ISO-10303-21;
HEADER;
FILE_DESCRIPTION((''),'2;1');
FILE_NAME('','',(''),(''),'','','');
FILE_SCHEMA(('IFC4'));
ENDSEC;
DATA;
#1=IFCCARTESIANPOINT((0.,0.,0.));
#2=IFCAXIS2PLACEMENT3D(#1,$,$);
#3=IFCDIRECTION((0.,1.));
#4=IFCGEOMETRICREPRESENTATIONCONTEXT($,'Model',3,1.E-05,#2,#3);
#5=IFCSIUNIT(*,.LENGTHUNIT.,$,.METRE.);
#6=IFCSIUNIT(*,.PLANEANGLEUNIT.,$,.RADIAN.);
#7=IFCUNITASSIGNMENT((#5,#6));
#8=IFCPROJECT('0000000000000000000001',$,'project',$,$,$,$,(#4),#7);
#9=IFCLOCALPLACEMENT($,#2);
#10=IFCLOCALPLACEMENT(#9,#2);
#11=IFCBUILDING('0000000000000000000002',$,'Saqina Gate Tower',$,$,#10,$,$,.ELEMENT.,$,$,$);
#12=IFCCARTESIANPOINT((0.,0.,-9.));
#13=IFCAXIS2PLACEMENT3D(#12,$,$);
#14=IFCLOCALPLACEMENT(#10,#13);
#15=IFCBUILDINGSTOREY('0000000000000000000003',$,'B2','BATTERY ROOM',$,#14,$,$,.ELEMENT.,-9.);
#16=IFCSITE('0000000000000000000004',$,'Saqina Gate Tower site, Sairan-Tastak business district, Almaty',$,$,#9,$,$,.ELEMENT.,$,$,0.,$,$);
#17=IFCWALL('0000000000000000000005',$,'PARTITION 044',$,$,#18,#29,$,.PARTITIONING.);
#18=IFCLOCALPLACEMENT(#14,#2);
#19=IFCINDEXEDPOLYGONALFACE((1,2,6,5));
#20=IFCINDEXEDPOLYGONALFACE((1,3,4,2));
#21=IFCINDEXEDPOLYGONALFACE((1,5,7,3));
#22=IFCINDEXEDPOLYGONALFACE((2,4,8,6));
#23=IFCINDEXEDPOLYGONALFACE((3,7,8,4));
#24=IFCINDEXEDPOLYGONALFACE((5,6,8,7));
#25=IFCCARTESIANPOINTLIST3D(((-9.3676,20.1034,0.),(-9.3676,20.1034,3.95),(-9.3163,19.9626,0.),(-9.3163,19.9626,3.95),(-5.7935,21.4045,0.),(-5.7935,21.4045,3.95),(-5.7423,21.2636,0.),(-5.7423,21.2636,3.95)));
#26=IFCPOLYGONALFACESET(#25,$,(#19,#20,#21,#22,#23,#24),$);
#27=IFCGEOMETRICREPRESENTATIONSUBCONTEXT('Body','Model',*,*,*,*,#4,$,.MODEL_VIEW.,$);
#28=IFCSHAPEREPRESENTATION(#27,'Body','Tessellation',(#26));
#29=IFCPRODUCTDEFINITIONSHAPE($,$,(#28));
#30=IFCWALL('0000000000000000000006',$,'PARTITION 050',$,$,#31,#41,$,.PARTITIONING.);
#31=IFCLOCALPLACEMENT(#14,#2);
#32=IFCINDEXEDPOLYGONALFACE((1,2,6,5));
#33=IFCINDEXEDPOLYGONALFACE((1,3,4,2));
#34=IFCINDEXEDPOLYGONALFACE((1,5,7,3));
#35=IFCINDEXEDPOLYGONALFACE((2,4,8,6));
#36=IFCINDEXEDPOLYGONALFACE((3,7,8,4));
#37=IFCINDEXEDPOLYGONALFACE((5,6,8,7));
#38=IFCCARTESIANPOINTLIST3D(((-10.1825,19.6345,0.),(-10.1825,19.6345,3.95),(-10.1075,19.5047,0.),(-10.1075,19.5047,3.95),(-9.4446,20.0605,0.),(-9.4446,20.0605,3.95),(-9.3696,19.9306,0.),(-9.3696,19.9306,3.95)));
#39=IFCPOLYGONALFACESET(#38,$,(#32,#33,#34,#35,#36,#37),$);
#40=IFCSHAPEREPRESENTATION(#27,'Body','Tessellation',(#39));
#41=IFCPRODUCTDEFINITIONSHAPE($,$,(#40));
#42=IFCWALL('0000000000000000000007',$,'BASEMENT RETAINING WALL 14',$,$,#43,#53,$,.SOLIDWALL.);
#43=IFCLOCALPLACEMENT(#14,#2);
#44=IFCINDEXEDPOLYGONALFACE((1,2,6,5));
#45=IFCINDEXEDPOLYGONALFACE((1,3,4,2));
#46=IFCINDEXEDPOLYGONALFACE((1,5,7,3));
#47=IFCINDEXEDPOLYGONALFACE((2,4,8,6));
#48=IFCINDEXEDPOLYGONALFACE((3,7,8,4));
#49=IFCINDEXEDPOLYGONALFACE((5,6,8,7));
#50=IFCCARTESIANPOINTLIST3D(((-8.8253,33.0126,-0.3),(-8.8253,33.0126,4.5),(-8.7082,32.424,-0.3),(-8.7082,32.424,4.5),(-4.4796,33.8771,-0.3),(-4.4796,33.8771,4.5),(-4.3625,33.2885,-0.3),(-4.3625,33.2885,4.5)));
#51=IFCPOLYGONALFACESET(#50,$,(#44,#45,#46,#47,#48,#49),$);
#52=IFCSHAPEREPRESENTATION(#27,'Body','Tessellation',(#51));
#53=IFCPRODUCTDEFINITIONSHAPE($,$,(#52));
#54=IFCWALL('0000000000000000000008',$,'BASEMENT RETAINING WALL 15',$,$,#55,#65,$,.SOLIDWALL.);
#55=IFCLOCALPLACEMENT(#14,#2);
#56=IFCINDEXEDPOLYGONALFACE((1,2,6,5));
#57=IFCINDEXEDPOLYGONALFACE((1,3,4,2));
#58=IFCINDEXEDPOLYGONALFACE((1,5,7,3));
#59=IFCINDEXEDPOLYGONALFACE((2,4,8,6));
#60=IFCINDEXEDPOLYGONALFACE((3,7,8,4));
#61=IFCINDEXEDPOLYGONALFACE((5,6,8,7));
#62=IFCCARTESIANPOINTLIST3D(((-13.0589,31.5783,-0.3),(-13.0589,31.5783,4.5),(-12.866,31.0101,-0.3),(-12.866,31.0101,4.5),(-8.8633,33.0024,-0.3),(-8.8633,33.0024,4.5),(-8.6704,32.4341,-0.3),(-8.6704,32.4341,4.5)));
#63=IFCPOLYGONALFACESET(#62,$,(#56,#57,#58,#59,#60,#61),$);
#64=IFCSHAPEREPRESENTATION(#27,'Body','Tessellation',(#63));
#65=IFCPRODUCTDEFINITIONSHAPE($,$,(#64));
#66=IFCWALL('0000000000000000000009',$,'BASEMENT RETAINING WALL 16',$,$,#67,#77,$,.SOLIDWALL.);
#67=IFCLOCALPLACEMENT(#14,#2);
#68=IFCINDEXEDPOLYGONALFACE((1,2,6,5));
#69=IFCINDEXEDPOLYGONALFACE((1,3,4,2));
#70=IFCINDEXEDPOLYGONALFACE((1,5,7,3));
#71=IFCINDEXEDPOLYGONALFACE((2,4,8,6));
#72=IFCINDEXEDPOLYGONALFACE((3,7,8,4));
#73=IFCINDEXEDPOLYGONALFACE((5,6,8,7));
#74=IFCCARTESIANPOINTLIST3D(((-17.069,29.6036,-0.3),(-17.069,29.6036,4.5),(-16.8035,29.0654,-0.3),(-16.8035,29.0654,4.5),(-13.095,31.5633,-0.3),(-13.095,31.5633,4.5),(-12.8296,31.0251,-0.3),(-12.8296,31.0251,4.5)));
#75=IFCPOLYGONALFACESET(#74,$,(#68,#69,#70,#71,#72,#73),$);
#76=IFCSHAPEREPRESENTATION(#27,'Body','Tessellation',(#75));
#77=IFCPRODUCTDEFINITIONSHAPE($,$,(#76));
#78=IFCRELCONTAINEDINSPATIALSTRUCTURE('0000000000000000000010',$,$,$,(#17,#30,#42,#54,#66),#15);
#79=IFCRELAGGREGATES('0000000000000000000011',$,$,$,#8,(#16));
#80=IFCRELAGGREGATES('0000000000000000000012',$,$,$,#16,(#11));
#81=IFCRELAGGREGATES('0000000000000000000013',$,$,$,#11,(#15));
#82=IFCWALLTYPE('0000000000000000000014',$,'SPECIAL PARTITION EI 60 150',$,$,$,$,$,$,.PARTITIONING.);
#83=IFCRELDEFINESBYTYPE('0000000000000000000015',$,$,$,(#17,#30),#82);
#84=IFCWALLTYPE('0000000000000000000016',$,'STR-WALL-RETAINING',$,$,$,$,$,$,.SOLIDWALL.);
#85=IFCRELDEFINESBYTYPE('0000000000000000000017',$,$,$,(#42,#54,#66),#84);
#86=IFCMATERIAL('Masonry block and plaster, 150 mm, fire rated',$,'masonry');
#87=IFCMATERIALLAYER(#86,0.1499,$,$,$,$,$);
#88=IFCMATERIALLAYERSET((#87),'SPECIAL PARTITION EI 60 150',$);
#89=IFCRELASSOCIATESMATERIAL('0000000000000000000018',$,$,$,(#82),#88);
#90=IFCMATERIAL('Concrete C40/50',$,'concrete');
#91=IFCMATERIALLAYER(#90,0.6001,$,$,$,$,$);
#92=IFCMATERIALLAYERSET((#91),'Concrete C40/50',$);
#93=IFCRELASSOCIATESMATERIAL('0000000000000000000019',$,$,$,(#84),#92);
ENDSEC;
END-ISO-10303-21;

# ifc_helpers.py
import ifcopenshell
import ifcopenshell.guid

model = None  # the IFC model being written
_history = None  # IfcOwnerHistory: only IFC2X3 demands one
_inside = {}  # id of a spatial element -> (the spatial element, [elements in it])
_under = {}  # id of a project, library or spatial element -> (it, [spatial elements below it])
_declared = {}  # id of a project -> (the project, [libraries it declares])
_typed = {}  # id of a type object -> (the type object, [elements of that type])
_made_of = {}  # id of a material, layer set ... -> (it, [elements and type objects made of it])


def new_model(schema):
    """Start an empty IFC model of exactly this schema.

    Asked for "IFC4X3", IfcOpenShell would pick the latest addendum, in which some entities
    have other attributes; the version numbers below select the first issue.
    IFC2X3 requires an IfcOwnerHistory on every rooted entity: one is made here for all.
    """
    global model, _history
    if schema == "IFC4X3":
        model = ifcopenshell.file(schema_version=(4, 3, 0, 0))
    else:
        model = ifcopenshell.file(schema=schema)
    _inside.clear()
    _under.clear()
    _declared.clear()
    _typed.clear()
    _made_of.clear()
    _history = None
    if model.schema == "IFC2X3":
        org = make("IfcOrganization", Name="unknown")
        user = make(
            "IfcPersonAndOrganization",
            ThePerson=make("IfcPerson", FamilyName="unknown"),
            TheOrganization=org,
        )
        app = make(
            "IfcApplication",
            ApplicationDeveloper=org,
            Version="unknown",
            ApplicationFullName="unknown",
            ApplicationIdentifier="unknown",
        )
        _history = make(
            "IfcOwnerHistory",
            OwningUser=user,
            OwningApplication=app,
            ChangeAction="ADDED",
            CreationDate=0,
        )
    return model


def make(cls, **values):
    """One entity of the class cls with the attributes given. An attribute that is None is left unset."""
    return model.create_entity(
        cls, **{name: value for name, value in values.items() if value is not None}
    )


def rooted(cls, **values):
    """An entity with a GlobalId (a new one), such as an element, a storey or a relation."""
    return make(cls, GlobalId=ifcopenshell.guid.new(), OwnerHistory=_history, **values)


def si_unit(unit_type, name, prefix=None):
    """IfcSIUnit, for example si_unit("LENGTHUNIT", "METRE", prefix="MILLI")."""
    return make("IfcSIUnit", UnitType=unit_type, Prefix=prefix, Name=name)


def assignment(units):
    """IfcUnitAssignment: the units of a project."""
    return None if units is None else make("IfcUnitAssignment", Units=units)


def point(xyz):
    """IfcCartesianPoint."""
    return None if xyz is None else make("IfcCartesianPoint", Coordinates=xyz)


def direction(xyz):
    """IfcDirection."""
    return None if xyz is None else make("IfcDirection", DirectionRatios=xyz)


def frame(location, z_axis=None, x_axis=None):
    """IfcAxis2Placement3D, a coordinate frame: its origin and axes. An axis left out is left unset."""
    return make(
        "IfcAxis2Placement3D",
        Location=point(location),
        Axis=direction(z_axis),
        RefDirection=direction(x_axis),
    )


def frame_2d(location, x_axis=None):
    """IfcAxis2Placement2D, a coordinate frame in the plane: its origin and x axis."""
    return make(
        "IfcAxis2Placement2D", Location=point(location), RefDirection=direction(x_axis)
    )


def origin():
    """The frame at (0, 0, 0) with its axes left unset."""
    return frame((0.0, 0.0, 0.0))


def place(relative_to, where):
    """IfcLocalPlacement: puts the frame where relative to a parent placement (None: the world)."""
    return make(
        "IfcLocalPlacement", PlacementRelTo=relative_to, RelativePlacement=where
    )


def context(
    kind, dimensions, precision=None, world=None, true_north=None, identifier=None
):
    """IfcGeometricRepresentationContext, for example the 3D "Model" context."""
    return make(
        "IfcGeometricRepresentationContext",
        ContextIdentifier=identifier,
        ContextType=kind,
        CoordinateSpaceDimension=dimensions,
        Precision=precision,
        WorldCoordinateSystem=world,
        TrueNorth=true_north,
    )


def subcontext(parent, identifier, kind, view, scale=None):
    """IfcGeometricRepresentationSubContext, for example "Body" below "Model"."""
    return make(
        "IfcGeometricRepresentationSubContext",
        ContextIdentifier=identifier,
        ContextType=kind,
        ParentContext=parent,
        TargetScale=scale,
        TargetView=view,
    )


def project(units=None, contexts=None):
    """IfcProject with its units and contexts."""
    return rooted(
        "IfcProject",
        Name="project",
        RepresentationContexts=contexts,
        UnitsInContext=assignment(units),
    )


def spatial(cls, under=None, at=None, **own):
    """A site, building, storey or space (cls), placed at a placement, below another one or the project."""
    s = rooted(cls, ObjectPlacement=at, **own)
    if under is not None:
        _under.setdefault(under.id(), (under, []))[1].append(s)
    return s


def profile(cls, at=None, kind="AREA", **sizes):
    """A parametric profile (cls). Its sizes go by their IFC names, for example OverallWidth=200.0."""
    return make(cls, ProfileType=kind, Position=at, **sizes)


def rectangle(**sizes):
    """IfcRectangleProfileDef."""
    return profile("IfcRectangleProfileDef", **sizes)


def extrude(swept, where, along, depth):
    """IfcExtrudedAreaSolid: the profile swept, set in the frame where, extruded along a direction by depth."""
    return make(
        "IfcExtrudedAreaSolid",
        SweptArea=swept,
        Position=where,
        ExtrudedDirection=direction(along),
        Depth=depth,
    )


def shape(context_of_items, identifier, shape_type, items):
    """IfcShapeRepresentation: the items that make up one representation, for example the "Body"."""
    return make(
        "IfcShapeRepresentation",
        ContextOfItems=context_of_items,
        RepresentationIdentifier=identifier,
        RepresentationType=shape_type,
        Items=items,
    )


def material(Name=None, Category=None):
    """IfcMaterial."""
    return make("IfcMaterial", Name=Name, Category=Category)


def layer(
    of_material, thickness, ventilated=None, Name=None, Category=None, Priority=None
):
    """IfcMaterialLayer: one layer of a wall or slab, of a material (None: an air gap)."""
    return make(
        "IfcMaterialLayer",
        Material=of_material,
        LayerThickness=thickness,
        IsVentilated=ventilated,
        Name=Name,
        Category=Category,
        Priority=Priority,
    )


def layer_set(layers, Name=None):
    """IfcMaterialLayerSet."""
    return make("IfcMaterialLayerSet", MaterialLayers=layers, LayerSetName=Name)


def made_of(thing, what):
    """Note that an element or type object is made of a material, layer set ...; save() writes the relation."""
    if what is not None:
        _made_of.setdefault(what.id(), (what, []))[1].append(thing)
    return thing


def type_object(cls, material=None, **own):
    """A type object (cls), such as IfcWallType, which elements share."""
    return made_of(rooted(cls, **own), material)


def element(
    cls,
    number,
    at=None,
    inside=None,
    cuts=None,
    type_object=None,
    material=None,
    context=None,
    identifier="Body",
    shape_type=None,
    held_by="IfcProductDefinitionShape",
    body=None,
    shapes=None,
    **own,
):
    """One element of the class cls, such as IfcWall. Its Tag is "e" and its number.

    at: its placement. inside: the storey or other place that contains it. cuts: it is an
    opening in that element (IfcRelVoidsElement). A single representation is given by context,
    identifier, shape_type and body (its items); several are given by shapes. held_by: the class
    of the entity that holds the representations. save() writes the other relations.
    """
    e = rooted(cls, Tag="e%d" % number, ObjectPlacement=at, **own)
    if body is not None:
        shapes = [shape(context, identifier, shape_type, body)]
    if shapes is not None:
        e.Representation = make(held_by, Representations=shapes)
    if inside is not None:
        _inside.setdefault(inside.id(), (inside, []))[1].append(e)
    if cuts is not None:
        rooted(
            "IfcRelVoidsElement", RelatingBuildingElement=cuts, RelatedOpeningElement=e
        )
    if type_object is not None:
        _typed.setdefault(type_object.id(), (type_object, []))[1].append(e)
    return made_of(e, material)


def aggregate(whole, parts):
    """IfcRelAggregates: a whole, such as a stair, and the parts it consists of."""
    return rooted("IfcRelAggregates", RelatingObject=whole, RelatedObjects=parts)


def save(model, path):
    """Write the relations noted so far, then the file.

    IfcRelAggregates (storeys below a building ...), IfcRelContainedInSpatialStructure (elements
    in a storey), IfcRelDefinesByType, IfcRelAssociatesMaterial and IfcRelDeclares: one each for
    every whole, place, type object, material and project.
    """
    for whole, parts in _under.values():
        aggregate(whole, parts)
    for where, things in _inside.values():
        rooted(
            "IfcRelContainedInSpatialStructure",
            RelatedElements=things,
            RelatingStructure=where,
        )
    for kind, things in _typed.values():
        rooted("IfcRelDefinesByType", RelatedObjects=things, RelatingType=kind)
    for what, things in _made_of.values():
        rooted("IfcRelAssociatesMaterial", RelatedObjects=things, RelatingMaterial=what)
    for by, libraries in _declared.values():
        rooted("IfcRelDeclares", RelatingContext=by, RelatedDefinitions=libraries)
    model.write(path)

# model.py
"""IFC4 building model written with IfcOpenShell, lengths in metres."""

from ifc_helpers import new_model, si_unit, direction, frame, frame_2d, origin, place, context, subcontext, project, spatial, rectangle, extrude, material, layer, layer_set, type_object, element, save


model = new_model("IFC4")

# Units and contexts
model_context = context("Model", 3, precision=1e-05, world=origin(), true_north=direction((0.0, 1.0)))
body_context = subcontext(model_context, "Body", "Model", "MODEL_VIEW")
ifc_project = project(units=[si_unit("LENGTHUNIT", "METRE"), si_unit("PLANEANGLEUNIT", "RADIAN")], contexts=[model_context])

# Site, building, storey
site_placement = place(None, origin())
site = spatial("IfcSite", under=ifc_project, at=site_placement, Name="Saqina Gate Tower site, Sairan-Tastak business district, Almaty", CompositionType="ELEMENT", RefElevation=0.0)
building_placement = place(site_placement, origin())
building = spatial("IfcBuilding", under=site, at=building_placement, Name="Saqina Gate Tower", CompositionType="ELEMENT")
storey_placement = place(building_placement, frame((0.0, 0.0, -9.0)))
storey = spatial("IfcBuildingStorey", under=building, at=storey_placement, Name="B2", Description="BATTERY ROOM", CompositionType="ELEMENT", Elevation=-9.0)

# Walls
ifc_material_1 = material(Name="Masonry block and plaster, 150 mm, fire rated", Category="masonry")
ifc_layer_1 = layer(ifc_material_1, 0.1499)
ifc_layer_set_1 = layer_set([ifc_layer_1], Name="SPECIAL PARTITION EI 60 150")
wall_type_1 = type_object("IfcWallType", Name="SPECIAL PARTITION EI 60 150", PredefinedType="PARTITIONING", material=ifc_layer_set_1)
wall_1_placement = place(storey_placement, frame((-9.342, 20.033, 0.0), z_axis=(0.0, 0.0, 1.0), x_axis=(0.939675, 0.342068, 0.0)))
element("IfcWall", 1, at=wall_1_placement, inside=storey, type_object=wall_type_1, Name="PARTITION 044", PredefinedType="PARTITIONING", context=body_context, shape_type="SweptSolid", body=[
    extrude(rectangle(XDim=3.8035, YDim=0.1499, at=frame_2d((1.9019, 0.0))), origin(), (0.0, 0.0, 1.0), 3.95),
])
wall_2_placement = place(storey_placement, frame((-10.145, 19.5696, 0.0), z_axis=(0.0, 0.0, 1.0), x_axis=(0.866066, 0.499929, 0.0)))
element("IfcWall", 2, at=wall_2_placement, inside=storey, type_object=wall_type_1, Name="PARTITION 050", PredefinedType="PARTITIONING", context=body_context, shape_type="SweptSolid", body=[
    extrude(rectangle(XDim=0.8521, YDim=0.1499, at=frame_2d((0.426, 0.0))), origin(), (0.0, 0.0, 1.0), 3.95),
])
ifc_material_2 = material(Name="Concrete C40/50", Category="concrete")
ifc_layer_2 = layer(ifc_material_2, 0.6001)
ifc_layer_set_2 = layer_set([ifc_layer_2], Name="Concrete C40/50")
wall_type_2 = type_object("IfcWallType", Name="STR-WALL-RETAINING", PredefinedType="SOLIDWALL", material=ifc_layer_set_2)
wall_3_placement = place(storey_placement, frame((-4.4211, 33.5828, -0.3), z_axis=(0.0, 0.0, 1.0), x_axis=(-0.980781, -0.195109, 0.0)))
element("IfcWall", 3, at=wall_3_placement, inside=storey, type_object=wall_type_2, Name="BASEMENT RETAINING WALL 14", PredefinedType="SOLIDWALL", context=body_context, shape_type="SweptSolid", body=[
    extrude(rectangle(XDim=4.4309, YDim=0.6001, at=frame_2d((2.2153, 0.0))), origin(), (0.0, 0.0, 1.0), 4.8),
])
wall_4_placement = place(storey_placement, frame((-8.7668, 32.7183, -0.3), z_axis=(0.0, 0.0, 1.0), x_axis=(-0.946939, -0.321414, 0.0)))
element("IfcWall", 4, at=wall_4_placement, inside=storey, type_object=wall_type_2, Name="BASEMENT RETAINING WALL 15", PredefinedType="SOLIDWALL", context=body_context, shape_type="SweptSolid", body=[
    extrude(rectangle(XDim=4.4307, YDim=0.6001, at=frame_2d((2.2153, 0.0))), origin(), (0.0, 0.0, 1.0), 4.8),
])
wall_5_placement = place(storey_placement, frame((-12.9624, 31.2942, -0.3), z_axis=(0.0, 0.0, 1.0), x_axis=(-0.896871, -0.442292, 0.0)))
element("IfcWall", 5, at=wall_5_placement, inside=storey, type_object=wall_type_2, Name="BASEMENT RETAINING WALL 16", PredefinedType="SOLIDWALL", context=body_context, shape_type="SweptSolid", body=[
    extrude(rectangle(XDim=4.4309, YDim=0.6001, at=frame_2d((2.2153, 0.0))), origin(), (0.0, 0.0, 1.0), 4.8),
])

save(model, "model.ifc")
